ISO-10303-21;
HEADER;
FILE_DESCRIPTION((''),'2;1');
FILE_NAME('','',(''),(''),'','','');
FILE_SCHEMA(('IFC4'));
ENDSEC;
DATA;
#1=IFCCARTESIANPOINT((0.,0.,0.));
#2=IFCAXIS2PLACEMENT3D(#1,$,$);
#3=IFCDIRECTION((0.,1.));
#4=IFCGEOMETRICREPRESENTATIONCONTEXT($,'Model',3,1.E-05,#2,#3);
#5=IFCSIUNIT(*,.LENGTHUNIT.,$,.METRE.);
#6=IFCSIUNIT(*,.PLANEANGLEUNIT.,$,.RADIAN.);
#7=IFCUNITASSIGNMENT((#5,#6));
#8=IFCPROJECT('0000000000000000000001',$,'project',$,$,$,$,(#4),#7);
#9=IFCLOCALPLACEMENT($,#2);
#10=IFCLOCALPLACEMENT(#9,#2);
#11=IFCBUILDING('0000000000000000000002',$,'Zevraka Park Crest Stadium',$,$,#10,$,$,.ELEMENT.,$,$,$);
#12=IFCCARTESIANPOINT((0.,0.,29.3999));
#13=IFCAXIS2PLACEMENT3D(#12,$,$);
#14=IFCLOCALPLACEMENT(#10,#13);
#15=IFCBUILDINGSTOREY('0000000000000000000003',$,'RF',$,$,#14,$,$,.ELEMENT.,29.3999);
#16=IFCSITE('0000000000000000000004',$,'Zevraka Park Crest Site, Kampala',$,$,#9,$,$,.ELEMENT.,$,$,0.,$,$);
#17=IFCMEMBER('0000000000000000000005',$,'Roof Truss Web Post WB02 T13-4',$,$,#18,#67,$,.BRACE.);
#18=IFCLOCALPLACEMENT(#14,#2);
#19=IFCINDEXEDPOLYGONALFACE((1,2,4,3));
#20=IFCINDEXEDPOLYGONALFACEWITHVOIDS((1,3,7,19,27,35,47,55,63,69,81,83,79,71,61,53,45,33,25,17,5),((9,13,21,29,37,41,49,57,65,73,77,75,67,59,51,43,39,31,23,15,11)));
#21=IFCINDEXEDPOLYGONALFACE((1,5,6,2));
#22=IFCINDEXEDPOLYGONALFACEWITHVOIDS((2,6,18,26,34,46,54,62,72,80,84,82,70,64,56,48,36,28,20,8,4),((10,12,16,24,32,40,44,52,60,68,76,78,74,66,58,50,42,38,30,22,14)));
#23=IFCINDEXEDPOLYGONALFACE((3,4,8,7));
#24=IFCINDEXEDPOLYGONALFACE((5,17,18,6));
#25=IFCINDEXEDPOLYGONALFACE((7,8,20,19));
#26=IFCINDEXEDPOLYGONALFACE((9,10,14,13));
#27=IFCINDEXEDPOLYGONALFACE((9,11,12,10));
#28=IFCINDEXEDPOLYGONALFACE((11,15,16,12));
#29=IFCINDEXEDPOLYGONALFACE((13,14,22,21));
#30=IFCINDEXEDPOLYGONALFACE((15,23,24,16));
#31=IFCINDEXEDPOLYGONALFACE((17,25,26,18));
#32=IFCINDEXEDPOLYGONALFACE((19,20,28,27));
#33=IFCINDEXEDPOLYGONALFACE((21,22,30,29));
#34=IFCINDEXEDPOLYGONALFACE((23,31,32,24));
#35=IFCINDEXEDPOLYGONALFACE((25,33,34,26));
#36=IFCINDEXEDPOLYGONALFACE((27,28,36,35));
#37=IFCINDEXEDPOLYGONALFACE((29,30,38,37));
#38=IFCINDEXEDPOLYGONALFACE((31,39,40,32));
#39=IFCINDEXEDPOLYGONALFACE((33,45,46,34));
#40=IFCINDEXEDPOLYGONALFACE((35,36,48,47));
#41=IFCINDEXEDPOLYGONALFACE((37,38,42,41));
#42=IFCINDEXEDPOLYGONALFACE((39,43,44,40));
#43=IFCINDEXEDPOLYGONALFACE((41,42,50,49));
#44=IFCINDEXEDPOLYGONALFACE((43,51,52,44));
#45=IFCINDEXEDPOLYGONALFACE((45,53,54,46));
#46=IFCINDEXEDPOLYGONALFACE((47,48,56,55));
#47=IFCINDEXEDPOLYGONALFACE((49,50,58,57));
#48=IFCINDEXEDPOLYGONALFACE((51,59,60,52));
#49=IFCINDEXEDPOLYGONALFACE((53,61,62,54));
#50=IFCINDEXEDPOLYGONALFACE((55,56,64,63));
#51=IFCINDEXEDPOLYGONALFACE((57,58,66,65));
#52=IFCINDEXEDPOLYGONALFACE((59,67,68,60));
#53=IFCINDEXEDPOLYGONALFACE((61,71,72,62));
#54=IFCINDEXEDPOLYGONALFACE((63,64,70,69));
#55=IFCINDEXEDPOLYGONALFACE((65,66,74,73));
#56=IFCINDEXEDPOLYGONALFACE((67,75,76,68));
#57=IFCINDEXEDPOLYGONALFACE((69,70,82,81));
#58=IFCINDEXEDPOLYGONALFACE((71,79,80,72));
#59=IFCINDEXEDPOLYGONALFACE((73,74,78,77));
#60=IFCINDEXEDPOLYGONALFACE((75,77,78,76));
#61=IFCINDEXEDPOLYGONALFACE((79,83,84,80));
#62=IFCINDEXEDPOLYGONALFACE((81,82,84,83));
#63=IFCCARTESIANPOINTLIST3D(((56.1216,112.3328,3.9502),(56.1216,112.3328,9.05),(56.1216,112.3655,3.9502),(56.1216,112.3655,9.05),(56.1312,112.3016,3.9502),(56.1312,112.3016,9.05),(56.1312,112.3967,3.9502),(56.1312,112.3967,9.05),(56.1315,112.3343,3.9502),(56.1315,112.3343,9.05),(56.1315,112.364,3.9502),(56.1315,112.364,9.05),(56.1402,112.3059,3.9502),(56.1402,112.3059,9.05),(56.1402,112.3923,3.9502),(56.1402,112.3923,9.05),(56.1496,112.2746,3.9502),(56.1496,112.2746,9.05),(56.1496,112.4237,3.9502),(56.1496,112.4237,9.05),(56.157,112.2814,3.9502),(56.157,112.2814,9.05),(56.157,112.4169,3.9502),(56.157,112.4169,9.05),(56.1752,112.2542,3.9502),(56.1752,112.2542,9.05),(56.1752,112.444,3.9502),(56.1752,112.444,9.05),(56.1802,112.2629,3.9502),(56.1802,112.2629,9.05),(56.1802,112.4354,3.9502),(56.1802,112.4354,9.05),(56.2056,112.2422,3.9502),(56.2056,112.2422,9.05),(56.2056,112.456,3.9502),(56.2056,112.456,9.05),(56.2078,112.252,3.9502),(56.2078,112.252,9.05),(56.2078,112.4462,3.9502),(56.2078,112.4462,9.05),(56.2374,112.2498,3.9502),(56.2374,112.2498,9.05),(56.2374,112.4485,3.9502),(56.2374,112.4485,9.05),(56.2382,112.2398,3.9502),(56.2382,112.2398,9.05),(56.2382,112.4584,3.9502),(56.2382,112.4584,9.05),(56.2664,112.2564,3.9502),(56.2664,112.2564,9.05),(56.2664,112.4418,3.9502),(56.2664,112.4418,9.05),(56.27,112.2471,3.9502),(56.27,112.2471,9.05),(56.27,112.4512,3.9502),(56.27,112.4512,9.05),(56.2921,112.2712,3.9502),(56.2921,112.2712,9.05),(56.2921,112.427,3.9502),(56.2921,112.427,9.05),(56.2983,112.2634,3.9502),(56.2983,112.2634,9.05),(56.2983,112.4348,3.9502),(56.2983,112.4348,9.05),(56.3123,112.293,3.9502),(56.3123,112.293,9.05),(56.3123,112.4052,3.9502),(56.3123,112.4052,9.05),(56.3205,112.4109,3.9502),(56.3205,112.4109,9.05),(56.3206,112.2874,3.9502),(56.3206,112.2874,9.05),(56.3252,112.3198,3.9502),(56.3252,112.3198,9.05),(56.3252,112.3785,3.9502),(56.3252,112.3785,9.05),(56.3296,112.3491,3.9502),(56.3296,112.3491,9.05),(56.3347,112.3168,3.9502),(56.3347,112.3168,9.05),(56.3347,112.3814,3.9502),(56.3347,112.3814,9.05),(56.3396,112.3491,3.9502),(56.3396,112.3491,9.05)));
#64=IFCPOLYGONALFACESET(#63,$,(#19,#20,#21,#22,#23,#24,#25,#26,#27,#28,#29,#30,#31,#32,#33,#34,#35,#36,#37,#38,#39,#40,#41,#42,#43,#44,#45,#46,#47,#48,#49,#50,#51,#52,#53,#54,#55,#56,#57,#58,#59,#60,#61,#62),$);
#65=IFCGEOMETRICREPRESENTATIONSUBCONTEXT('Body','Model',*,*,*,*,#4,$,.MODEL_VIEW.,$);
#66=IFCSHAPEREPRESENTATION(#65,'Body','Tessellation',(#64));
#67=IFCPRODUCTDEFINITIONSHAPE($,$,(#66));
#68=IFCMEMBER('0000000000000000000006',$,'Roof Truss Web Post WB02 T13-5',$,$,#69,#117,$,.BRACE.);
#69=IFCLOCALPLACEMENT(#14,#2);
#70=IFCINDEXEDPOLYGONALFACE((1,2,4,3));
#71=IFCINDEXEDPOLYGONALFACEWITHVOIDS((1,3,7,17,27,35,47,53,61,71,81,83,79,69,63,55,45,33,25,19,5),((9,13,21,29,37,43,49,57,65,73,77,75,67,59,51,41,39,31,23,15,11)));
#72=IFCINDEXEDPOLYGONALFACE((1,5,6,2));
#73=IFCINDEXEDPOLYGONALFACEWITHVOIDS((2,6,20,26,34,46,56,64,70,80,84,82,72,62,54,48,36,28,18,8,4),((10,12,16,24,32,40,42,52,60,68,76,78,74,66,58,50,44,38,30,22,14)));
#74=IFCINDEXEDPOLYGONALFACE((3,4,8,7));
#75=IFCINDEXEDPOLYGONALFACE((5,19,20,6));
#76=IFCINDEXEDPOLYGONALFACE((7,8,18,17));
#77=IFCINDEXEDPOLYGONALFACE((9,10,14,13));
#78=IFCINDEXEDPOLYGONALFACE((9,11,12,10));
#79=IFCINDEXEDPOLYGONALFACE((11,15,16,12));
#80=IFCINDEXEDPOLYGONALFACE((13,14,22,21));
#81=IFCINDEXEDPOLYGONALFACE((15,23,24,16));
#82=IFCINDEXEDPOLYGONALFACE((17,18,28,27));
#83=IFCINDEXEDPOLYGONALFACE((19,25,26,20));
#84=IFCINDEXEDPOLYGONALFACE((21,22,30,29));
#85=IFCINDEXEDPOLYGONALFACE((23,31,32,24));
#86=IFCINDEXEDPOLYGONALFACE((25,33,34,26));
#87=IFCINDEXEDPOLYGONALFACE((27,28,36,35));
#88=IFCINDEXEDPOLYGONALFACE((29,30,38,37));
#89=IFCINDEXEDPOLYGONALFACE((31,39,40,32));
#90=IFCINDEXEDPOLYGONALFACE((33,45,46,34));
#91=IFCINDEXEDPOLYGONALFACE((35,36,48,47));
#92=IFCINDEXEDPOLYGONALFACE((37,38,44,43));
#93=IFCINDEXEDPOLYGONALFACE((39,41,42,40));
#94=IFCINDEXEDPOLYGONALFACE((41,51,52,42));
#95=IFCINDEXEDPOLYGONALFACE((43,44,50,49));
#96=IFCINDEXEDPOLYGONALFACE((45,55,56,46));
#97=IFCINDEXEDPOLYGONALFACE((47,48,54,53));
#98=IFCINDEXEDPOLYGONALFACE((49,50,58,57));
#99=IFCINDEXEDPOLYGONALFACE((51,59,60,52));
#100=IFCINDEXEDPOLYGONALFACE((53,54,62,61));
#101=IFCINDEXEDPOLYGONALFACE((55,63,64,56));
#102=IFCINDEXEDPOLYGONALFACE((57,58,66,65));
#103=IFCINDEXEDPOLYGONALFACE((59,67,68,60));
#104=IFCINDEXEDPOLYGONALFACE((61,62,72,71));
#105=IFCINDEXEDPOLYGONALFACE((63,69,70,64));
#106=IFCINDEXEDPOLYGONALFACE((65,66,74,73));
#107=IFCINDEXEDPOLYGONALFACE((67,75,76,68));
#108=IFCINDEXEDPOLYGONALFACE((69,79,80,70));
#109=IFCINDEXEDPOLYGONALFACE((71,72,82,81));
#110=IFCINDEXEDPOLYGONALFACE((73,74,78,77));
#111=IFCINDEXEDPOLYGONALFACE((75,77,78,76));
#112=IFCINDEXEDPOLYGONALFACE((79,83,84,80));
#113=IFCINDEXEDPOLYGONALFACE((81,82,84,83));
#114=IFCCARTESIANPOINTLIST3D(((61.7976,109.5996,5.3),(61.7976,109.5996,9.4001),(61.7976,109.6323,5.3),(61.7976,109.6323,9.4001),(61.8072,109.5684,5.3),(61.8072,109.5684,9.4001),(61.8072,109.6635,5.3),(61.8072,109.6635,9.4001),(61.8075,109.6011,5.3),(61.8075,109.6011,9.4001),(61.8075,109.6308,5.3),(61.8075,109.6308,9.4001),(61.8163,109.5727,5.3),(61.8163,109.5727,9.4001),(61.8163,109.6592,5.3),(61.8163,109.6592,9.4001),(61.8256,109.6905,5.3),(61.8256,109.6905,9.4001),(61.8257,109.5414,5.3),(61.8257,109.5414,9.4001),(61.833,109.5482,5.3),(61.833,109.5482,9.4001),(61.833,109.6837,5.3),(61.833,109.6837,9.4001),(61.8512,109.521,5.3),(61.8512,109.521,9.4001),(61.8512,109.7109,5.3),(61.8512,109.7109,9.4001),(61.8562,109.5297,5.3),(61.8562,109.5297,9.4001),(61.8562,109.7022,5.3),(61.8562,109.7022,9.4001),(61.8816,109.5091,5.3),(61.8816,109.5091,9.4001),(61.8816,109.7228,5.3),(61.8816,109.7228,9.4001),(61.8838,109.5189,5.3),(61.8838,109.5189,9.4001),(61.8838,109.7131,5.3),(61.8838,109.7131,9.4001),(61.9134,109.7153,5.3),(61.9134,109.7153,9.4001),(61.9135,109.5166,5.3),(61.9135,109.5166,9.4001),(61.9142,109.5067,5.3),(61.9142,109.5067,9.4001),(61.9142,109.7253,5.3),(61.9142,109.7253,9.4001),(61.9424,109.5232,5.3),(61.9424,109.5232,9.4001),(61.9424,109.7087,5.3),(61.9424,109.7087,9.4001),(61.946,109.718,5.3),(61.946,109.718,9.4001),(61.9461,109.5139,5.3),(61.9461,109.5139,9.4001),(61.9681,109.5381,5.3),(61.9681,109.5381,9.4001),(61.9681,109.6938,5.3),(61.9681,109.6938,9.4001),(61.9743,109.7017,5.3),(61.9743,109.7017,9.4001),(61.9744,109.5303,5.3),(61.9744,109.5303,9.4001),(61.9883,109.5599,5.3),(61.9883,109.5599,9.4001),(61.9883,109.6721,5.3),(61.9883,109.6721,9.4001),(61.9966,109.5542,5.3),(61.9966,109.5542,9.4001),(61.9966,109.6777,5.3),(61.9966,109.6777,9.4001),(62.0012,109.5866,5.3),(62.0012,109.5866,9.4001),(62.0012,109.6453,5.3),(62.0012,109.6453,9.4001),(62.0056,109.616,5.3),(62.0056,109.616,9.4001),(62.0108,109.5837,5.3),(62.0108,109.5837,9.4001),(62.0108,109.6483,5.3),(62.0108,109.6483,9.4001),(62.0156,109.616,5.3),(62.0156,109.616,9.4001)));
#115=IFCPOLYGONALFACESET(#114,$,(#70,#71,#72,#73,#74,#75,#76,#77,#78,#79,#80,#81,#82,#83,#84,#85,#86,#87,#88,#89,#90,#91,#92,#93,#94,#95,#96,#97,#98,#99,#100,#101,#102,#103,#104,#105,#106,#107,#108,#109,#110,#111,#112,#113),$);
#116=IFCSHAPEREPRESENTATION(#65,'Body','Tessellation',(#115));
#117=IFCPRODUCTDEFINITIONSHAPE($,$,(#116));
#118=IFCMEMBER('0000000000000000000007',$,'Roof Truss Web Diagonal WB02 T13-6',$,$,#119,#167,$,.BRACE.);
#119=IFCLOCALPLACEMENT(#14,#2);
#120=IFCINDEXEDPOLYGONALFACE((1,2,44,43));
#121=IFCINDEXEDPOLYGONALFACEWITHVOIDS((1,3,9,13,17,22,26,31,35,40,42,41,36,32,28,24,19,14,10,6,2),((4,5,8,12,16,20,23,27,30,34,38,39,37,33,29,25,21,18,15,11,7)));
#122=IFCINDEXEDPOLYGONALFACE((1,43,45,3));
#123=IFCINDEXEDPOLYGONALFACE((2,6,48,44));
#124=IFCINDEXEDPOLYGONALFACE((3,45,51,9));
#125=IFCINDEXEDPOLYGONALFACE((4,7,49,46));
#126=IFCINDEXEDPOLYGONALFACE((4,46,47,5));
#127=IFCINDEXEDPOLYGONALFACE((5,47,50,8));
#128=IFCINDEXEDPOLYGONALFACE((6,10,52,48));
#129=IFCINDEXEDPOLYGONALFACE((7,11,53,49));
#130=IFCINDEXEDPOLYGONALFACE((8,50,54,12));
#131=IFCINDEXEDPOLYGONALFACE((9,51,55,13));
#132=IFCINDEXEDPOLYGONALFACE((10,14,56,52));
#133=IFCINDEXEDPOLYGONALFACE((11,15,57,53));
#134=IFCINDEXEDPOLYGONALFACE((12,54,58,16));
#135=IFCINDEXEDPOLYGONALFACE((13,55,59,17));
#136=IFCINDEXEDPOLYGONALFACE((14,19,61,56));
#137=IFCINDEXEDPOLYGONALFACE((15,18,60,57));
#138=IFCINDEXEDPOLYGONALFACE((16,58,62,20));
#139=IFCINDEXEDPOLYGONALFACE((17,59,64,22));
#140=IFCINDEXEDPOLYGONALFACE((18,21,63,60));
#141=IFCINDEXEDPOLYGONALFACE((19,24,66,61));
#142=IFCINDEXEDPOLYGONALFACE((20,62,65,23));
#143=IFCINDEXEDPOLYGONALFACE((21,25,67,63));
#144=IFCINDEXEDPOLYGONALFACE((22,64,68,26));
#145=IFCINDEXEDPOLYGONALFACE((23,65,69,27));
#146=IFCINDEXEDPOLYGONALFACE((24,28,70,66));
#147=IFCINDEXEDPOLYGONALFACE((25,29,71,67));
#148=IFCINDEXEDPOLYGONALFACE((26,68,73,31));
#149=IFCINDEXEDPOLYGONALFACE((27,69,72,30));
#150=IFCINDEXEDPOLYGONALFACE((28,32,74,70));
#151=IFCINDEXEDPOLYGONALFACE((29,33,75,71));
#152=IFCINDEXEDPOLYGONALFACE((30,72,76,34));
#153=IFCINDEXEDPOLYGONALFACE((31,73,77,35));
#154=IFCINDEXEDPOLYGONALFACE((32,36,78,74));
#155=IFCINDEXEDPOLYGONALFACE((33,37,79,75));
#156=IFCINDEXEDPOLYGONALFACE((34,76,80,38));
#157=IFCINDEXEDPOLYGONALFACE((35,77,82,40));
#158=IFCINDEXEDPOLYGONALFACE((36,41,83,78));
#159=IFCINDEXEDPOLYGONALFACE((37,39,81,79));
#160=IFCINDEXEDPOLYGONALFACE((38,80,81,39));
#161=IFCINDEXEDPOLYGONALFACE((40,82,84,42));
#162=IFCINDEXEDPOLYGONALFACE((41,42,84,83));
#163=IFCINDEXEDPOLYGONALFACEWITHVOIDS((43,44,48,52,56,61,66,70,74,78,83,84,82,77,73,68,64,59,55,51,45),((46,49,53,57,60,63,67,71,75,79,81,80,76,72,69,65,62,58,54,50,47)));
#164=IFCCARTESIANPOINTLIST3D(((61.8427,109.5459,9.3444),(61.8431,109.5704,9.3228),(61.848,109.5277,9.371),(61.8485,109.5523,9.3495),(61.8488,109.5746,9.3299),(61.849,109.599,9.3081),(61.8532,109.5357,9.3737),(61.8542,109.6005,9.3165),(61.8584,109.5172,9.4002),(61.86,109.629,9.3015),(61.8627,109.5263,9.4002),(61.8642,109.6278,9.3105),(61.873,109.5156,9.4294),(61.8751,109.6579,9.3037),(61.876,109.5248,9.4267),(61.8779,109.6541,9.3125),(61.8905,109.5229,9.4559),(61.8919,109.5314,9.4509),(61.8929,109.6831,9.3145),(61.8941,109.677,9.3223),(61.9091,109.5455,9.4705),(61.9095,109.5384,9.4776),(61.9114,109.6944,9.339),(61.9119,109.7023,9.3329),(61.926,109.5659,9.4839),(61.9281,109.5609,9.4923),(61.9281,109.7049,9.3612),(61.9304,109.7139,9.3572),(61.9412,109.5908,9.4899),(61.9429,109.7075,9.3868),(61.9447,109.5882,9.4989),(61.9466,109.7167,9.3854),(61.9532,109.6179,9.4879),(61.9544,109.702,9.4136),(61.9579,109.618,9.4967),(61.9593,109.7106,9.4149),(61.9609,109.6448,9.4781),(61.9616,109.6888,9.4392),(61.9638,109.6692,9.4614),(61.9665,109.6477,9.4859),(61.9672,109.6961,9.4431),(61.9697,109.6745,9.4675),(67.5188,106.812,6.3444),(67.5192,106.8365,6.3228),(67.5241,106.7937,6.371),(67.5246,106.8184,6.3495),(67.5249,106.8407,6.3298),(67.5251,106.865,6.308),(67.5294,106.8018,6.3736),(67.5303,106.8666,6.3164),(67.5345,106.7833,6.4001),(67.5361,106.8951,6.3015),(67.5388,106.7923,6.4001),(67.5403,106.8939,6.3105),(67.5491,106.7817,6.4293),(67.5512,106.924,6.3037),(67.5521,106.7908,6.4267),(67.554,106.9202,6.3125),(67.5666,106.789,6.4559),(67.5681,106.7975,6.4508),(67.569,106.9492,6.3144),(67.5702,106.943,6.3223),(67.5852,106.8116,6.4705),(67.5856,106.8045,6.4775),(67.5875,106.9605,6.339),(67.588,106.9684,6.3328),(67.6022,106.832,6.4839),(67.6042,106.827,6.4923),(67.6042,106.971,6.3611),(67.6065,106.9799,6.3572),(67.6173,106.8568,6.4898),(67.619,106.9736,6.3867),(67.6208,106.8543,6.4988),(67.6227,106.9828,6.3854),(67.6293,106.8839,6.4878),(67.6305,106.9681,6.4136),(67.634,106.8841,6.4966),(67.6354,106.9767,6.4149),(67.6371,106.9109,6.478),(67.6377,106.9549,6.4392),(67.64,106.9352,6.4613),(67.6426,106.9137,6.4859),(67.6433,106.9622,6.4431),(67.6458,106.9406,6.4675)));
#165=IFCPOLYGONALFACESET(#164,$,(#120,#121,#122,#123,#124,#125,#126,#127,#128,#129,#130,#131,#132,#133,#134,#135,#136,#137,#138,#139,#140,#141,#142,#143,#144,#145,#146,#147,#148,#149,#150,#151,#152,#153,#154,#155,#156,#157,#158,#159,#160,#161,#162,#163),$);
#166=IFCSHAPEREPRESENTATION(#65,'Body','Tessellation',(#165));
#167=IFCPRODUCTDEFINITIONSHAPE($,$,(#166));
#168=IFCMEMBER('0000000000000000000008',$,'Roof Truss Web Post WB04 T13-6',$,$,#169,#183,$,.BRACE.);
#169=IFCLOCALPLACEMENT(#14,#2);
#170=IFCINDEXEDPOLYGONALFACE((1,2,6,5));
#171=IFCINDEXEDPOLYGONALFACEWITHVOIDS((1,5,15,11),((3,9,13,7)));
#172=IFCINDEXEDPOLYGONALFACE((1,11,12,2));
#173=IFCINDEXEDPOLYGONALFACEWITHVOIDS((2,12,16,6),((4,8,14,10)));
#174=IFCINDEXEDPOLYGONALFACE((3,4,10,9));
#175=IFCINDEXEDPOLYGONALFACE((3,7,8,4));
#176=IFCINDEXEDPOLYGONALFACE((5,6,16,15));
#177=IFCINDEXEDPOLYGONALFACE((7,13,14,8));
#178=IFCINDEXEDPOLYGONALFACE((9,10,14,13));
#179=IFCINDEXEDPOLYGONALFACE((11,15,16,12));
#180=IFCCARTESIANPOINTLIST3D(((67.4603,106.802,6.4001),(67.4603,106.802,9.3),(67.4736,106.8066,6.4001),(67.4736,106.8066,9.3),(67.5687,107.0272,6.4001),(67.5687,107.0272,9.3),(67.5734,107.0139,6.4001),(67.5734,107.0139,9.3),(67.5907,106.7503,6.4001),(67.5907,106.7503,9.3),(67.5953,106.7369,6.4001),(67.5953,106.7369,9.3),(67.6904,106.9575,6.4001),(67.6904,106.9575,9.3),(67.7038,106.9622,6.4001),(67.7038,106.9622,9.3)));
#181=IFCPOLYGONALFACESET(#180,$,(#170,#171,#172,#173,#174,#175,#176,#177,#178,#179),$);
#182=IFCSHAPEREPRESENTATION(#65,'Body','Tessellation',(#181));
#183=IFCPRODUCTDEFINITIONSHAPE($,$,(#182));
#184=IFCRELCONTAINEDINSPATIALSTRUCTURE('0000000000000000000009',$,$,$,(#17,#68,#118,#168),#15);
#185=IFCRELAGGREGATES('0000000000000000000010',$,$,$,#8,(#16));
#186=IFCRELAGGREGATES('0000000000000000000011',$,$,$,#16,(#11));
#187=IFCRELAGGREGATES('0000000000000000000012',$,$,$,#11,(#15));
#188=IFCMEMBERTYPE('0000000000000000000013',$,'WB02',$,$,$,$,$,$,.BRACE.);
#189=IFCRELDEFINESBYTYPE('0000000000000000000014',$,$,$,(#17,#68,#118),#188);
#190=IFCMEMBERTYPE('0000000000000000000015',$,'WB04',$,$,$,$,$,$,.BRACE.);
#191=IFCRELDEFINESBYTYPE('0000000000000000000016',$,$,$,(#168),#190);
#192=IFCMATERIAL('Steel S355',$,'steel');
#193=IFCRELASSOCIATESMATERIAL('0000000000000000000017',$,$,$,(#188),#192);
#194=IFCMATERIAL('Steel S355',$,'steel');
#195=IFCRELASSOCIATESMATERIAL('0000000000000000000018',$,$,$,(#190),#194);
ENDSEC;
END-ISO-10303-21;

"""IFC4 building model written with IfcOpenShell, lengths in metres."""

from ifc_helpers import new_model, si_unit, direction, frame, origin, origin_2d, place, context, subcontext, project, spatial, hollow_rectangle, hollow_circle, extrude, material, material_profile, profile_set, type_object, element, save


model = new_model("IFC4")

# Units and contexts
model_context = context("Model", 3, precision=1e-05, world=origin(), true_north=direction((0.0, 1.0)))
body_context = subcontext(model_context, "Body", "Model", "MODEL_VIEW")
ifc_project = project(units=[si_unit("LENGTHUNIT", "METRE"), si_unit("PLANEANGLEUNIT", "RADIAN")], contexts=[model_context])

# Site, building, storey
site_placement = place(None, origin())
site = spatial("IfcSite", under=ifc_project, at=site_placement, Name="Zevraka Park Crest Site, Kampala", CompositionType="ELEMENT", RefElevation=0.0)
building_placement = place(site_placement, origin())
building = spatial("IfcBuilding", under=site, at=building_placement, Name="Zevraka Park Crest Stadium", CompositionType="ELEMENT")
storey_placement = place(building_placement, frame((0.0, 0.0, 29.3999)))
storey = spatial("IfcBuildingStorey", under=building, at=storey_placement, Name="RF", CompositionType="ELEMENT", Elevation=29.3999)

# Members
ifc_material_1 = material(Name="Steel S355", Category="steel")
ifc_material_profile_1 = material_profile(ifc_material_1, hollow_circle(Radius=0.1096, WallThickness=0.01, at=origin_2d()), Name="CHS 219.1x10")
ifc_profile_set_1 = profile_set([ifc_material_profile_1], Name="Steel S355")
member_type_1 = type_object("IfcMemberType", Name="WB02", PredefinedType="BRACE", material=ifc_profile_set_1)
member_1_placement = place(storey_placement, frame((56.23, 112.3491, 3.9502), z_axis=(0.0, 0.0, 1.0), x_axis=(-0.901001, 0.433816, 0.0)))
element("IfcMember", 1, at=member_1_placement, inside=storey, type_object=member_type_1, Name="Roof Truss Web Post WB02 T13-4", PredefinedType="BRACE", context=body_context, shape_type="SweptSolid", body=[
    extrude(hollow_circle(Radius=0.1096, WallThickness=0.01, at=origin_2d()), origin(), (0.0, 0.0, 1.0), 5.0999),
])
member_2_placement = place(storey_placement, frame((61.906, 109.616, 5.3), z_axis=(0.0, 0.0, 1.0), x_axis=(-0.901001, 0.433816, 0.0)))
element("IfcMember", 2, at=member_2_placement, inside=storey, type_object=member_type_1, Name="Roof Truss Web Post WB02 T13-5", PredefinedType="BRACE", context=body_context, shape_type="SweptSolid", body=[
    extrude(hollow_circle(Radius=0.1096, WallThickness=0.01, at=origin_2d()), origin(), (0.0, 0.0, 1.0), 4.1001),
])
member_3_placement = place(storey_placement, frame((67.582, 106.8821, 6.4001), z_axis=(-0.813426, 0.391791, 0.429927), x_axis=(-0.433943, -0.900941, 0.0)))
element("IfcMember", 3, at=member_3_placement, inside=storey, type_object=member_type_1, Name="Roof Truss Web Diagonal WB02 T13-6", PredefinedType="BRACE", context=body_context, shape_type="SweptSolid", body=[
    extrude(hollow_circle(Radius=0.1096, WallThickness=0.01, at=origin_2d()), origin(), (0.0, 0.0, 1.0), 6.978),
])
ifc_material_2 = material(Name="Steel S355", Category="steel")
ifc_material_profile_2 = material_profile(ifc_material_2, hollow_rectangle(XDim=0.1499, YDim=0.25, WallThickness=0.01, at=origin_2d()), Name="RHS 250x150x10")
ifc_profile_set_2 = profile_set([ifc_material_profile_2], Name="Steel S355")
member_type_2 = type_object("IfcMemberType", Name="WB04", PredefinedType="BRACE", material=ifc_profile_set_2)
member_4_placement = place(storey_placement, frame((67.582, 106.8821, 6.4001), z_axis=(0.0, 0.0, 1.0), x_axis=(-0.901001, 0.433816, 0.0)))
element("IfcMember", 4, at=member_4_placement, inside=storey, type_object=member_type_2, Name="Roof Truss Web Post WB04 T13-6", PredefinedType="BRACE", context=body_context, shape_type="SweptSolid", body=[
    extrude(hollow_rectangle(XDim=0.1499, YDim=0.25, WallThickness=0.01, at=origin_2d()), origin(), (0.0, 0.0, 1.0), 2.8999),
])

save(model, "model.ifc")
